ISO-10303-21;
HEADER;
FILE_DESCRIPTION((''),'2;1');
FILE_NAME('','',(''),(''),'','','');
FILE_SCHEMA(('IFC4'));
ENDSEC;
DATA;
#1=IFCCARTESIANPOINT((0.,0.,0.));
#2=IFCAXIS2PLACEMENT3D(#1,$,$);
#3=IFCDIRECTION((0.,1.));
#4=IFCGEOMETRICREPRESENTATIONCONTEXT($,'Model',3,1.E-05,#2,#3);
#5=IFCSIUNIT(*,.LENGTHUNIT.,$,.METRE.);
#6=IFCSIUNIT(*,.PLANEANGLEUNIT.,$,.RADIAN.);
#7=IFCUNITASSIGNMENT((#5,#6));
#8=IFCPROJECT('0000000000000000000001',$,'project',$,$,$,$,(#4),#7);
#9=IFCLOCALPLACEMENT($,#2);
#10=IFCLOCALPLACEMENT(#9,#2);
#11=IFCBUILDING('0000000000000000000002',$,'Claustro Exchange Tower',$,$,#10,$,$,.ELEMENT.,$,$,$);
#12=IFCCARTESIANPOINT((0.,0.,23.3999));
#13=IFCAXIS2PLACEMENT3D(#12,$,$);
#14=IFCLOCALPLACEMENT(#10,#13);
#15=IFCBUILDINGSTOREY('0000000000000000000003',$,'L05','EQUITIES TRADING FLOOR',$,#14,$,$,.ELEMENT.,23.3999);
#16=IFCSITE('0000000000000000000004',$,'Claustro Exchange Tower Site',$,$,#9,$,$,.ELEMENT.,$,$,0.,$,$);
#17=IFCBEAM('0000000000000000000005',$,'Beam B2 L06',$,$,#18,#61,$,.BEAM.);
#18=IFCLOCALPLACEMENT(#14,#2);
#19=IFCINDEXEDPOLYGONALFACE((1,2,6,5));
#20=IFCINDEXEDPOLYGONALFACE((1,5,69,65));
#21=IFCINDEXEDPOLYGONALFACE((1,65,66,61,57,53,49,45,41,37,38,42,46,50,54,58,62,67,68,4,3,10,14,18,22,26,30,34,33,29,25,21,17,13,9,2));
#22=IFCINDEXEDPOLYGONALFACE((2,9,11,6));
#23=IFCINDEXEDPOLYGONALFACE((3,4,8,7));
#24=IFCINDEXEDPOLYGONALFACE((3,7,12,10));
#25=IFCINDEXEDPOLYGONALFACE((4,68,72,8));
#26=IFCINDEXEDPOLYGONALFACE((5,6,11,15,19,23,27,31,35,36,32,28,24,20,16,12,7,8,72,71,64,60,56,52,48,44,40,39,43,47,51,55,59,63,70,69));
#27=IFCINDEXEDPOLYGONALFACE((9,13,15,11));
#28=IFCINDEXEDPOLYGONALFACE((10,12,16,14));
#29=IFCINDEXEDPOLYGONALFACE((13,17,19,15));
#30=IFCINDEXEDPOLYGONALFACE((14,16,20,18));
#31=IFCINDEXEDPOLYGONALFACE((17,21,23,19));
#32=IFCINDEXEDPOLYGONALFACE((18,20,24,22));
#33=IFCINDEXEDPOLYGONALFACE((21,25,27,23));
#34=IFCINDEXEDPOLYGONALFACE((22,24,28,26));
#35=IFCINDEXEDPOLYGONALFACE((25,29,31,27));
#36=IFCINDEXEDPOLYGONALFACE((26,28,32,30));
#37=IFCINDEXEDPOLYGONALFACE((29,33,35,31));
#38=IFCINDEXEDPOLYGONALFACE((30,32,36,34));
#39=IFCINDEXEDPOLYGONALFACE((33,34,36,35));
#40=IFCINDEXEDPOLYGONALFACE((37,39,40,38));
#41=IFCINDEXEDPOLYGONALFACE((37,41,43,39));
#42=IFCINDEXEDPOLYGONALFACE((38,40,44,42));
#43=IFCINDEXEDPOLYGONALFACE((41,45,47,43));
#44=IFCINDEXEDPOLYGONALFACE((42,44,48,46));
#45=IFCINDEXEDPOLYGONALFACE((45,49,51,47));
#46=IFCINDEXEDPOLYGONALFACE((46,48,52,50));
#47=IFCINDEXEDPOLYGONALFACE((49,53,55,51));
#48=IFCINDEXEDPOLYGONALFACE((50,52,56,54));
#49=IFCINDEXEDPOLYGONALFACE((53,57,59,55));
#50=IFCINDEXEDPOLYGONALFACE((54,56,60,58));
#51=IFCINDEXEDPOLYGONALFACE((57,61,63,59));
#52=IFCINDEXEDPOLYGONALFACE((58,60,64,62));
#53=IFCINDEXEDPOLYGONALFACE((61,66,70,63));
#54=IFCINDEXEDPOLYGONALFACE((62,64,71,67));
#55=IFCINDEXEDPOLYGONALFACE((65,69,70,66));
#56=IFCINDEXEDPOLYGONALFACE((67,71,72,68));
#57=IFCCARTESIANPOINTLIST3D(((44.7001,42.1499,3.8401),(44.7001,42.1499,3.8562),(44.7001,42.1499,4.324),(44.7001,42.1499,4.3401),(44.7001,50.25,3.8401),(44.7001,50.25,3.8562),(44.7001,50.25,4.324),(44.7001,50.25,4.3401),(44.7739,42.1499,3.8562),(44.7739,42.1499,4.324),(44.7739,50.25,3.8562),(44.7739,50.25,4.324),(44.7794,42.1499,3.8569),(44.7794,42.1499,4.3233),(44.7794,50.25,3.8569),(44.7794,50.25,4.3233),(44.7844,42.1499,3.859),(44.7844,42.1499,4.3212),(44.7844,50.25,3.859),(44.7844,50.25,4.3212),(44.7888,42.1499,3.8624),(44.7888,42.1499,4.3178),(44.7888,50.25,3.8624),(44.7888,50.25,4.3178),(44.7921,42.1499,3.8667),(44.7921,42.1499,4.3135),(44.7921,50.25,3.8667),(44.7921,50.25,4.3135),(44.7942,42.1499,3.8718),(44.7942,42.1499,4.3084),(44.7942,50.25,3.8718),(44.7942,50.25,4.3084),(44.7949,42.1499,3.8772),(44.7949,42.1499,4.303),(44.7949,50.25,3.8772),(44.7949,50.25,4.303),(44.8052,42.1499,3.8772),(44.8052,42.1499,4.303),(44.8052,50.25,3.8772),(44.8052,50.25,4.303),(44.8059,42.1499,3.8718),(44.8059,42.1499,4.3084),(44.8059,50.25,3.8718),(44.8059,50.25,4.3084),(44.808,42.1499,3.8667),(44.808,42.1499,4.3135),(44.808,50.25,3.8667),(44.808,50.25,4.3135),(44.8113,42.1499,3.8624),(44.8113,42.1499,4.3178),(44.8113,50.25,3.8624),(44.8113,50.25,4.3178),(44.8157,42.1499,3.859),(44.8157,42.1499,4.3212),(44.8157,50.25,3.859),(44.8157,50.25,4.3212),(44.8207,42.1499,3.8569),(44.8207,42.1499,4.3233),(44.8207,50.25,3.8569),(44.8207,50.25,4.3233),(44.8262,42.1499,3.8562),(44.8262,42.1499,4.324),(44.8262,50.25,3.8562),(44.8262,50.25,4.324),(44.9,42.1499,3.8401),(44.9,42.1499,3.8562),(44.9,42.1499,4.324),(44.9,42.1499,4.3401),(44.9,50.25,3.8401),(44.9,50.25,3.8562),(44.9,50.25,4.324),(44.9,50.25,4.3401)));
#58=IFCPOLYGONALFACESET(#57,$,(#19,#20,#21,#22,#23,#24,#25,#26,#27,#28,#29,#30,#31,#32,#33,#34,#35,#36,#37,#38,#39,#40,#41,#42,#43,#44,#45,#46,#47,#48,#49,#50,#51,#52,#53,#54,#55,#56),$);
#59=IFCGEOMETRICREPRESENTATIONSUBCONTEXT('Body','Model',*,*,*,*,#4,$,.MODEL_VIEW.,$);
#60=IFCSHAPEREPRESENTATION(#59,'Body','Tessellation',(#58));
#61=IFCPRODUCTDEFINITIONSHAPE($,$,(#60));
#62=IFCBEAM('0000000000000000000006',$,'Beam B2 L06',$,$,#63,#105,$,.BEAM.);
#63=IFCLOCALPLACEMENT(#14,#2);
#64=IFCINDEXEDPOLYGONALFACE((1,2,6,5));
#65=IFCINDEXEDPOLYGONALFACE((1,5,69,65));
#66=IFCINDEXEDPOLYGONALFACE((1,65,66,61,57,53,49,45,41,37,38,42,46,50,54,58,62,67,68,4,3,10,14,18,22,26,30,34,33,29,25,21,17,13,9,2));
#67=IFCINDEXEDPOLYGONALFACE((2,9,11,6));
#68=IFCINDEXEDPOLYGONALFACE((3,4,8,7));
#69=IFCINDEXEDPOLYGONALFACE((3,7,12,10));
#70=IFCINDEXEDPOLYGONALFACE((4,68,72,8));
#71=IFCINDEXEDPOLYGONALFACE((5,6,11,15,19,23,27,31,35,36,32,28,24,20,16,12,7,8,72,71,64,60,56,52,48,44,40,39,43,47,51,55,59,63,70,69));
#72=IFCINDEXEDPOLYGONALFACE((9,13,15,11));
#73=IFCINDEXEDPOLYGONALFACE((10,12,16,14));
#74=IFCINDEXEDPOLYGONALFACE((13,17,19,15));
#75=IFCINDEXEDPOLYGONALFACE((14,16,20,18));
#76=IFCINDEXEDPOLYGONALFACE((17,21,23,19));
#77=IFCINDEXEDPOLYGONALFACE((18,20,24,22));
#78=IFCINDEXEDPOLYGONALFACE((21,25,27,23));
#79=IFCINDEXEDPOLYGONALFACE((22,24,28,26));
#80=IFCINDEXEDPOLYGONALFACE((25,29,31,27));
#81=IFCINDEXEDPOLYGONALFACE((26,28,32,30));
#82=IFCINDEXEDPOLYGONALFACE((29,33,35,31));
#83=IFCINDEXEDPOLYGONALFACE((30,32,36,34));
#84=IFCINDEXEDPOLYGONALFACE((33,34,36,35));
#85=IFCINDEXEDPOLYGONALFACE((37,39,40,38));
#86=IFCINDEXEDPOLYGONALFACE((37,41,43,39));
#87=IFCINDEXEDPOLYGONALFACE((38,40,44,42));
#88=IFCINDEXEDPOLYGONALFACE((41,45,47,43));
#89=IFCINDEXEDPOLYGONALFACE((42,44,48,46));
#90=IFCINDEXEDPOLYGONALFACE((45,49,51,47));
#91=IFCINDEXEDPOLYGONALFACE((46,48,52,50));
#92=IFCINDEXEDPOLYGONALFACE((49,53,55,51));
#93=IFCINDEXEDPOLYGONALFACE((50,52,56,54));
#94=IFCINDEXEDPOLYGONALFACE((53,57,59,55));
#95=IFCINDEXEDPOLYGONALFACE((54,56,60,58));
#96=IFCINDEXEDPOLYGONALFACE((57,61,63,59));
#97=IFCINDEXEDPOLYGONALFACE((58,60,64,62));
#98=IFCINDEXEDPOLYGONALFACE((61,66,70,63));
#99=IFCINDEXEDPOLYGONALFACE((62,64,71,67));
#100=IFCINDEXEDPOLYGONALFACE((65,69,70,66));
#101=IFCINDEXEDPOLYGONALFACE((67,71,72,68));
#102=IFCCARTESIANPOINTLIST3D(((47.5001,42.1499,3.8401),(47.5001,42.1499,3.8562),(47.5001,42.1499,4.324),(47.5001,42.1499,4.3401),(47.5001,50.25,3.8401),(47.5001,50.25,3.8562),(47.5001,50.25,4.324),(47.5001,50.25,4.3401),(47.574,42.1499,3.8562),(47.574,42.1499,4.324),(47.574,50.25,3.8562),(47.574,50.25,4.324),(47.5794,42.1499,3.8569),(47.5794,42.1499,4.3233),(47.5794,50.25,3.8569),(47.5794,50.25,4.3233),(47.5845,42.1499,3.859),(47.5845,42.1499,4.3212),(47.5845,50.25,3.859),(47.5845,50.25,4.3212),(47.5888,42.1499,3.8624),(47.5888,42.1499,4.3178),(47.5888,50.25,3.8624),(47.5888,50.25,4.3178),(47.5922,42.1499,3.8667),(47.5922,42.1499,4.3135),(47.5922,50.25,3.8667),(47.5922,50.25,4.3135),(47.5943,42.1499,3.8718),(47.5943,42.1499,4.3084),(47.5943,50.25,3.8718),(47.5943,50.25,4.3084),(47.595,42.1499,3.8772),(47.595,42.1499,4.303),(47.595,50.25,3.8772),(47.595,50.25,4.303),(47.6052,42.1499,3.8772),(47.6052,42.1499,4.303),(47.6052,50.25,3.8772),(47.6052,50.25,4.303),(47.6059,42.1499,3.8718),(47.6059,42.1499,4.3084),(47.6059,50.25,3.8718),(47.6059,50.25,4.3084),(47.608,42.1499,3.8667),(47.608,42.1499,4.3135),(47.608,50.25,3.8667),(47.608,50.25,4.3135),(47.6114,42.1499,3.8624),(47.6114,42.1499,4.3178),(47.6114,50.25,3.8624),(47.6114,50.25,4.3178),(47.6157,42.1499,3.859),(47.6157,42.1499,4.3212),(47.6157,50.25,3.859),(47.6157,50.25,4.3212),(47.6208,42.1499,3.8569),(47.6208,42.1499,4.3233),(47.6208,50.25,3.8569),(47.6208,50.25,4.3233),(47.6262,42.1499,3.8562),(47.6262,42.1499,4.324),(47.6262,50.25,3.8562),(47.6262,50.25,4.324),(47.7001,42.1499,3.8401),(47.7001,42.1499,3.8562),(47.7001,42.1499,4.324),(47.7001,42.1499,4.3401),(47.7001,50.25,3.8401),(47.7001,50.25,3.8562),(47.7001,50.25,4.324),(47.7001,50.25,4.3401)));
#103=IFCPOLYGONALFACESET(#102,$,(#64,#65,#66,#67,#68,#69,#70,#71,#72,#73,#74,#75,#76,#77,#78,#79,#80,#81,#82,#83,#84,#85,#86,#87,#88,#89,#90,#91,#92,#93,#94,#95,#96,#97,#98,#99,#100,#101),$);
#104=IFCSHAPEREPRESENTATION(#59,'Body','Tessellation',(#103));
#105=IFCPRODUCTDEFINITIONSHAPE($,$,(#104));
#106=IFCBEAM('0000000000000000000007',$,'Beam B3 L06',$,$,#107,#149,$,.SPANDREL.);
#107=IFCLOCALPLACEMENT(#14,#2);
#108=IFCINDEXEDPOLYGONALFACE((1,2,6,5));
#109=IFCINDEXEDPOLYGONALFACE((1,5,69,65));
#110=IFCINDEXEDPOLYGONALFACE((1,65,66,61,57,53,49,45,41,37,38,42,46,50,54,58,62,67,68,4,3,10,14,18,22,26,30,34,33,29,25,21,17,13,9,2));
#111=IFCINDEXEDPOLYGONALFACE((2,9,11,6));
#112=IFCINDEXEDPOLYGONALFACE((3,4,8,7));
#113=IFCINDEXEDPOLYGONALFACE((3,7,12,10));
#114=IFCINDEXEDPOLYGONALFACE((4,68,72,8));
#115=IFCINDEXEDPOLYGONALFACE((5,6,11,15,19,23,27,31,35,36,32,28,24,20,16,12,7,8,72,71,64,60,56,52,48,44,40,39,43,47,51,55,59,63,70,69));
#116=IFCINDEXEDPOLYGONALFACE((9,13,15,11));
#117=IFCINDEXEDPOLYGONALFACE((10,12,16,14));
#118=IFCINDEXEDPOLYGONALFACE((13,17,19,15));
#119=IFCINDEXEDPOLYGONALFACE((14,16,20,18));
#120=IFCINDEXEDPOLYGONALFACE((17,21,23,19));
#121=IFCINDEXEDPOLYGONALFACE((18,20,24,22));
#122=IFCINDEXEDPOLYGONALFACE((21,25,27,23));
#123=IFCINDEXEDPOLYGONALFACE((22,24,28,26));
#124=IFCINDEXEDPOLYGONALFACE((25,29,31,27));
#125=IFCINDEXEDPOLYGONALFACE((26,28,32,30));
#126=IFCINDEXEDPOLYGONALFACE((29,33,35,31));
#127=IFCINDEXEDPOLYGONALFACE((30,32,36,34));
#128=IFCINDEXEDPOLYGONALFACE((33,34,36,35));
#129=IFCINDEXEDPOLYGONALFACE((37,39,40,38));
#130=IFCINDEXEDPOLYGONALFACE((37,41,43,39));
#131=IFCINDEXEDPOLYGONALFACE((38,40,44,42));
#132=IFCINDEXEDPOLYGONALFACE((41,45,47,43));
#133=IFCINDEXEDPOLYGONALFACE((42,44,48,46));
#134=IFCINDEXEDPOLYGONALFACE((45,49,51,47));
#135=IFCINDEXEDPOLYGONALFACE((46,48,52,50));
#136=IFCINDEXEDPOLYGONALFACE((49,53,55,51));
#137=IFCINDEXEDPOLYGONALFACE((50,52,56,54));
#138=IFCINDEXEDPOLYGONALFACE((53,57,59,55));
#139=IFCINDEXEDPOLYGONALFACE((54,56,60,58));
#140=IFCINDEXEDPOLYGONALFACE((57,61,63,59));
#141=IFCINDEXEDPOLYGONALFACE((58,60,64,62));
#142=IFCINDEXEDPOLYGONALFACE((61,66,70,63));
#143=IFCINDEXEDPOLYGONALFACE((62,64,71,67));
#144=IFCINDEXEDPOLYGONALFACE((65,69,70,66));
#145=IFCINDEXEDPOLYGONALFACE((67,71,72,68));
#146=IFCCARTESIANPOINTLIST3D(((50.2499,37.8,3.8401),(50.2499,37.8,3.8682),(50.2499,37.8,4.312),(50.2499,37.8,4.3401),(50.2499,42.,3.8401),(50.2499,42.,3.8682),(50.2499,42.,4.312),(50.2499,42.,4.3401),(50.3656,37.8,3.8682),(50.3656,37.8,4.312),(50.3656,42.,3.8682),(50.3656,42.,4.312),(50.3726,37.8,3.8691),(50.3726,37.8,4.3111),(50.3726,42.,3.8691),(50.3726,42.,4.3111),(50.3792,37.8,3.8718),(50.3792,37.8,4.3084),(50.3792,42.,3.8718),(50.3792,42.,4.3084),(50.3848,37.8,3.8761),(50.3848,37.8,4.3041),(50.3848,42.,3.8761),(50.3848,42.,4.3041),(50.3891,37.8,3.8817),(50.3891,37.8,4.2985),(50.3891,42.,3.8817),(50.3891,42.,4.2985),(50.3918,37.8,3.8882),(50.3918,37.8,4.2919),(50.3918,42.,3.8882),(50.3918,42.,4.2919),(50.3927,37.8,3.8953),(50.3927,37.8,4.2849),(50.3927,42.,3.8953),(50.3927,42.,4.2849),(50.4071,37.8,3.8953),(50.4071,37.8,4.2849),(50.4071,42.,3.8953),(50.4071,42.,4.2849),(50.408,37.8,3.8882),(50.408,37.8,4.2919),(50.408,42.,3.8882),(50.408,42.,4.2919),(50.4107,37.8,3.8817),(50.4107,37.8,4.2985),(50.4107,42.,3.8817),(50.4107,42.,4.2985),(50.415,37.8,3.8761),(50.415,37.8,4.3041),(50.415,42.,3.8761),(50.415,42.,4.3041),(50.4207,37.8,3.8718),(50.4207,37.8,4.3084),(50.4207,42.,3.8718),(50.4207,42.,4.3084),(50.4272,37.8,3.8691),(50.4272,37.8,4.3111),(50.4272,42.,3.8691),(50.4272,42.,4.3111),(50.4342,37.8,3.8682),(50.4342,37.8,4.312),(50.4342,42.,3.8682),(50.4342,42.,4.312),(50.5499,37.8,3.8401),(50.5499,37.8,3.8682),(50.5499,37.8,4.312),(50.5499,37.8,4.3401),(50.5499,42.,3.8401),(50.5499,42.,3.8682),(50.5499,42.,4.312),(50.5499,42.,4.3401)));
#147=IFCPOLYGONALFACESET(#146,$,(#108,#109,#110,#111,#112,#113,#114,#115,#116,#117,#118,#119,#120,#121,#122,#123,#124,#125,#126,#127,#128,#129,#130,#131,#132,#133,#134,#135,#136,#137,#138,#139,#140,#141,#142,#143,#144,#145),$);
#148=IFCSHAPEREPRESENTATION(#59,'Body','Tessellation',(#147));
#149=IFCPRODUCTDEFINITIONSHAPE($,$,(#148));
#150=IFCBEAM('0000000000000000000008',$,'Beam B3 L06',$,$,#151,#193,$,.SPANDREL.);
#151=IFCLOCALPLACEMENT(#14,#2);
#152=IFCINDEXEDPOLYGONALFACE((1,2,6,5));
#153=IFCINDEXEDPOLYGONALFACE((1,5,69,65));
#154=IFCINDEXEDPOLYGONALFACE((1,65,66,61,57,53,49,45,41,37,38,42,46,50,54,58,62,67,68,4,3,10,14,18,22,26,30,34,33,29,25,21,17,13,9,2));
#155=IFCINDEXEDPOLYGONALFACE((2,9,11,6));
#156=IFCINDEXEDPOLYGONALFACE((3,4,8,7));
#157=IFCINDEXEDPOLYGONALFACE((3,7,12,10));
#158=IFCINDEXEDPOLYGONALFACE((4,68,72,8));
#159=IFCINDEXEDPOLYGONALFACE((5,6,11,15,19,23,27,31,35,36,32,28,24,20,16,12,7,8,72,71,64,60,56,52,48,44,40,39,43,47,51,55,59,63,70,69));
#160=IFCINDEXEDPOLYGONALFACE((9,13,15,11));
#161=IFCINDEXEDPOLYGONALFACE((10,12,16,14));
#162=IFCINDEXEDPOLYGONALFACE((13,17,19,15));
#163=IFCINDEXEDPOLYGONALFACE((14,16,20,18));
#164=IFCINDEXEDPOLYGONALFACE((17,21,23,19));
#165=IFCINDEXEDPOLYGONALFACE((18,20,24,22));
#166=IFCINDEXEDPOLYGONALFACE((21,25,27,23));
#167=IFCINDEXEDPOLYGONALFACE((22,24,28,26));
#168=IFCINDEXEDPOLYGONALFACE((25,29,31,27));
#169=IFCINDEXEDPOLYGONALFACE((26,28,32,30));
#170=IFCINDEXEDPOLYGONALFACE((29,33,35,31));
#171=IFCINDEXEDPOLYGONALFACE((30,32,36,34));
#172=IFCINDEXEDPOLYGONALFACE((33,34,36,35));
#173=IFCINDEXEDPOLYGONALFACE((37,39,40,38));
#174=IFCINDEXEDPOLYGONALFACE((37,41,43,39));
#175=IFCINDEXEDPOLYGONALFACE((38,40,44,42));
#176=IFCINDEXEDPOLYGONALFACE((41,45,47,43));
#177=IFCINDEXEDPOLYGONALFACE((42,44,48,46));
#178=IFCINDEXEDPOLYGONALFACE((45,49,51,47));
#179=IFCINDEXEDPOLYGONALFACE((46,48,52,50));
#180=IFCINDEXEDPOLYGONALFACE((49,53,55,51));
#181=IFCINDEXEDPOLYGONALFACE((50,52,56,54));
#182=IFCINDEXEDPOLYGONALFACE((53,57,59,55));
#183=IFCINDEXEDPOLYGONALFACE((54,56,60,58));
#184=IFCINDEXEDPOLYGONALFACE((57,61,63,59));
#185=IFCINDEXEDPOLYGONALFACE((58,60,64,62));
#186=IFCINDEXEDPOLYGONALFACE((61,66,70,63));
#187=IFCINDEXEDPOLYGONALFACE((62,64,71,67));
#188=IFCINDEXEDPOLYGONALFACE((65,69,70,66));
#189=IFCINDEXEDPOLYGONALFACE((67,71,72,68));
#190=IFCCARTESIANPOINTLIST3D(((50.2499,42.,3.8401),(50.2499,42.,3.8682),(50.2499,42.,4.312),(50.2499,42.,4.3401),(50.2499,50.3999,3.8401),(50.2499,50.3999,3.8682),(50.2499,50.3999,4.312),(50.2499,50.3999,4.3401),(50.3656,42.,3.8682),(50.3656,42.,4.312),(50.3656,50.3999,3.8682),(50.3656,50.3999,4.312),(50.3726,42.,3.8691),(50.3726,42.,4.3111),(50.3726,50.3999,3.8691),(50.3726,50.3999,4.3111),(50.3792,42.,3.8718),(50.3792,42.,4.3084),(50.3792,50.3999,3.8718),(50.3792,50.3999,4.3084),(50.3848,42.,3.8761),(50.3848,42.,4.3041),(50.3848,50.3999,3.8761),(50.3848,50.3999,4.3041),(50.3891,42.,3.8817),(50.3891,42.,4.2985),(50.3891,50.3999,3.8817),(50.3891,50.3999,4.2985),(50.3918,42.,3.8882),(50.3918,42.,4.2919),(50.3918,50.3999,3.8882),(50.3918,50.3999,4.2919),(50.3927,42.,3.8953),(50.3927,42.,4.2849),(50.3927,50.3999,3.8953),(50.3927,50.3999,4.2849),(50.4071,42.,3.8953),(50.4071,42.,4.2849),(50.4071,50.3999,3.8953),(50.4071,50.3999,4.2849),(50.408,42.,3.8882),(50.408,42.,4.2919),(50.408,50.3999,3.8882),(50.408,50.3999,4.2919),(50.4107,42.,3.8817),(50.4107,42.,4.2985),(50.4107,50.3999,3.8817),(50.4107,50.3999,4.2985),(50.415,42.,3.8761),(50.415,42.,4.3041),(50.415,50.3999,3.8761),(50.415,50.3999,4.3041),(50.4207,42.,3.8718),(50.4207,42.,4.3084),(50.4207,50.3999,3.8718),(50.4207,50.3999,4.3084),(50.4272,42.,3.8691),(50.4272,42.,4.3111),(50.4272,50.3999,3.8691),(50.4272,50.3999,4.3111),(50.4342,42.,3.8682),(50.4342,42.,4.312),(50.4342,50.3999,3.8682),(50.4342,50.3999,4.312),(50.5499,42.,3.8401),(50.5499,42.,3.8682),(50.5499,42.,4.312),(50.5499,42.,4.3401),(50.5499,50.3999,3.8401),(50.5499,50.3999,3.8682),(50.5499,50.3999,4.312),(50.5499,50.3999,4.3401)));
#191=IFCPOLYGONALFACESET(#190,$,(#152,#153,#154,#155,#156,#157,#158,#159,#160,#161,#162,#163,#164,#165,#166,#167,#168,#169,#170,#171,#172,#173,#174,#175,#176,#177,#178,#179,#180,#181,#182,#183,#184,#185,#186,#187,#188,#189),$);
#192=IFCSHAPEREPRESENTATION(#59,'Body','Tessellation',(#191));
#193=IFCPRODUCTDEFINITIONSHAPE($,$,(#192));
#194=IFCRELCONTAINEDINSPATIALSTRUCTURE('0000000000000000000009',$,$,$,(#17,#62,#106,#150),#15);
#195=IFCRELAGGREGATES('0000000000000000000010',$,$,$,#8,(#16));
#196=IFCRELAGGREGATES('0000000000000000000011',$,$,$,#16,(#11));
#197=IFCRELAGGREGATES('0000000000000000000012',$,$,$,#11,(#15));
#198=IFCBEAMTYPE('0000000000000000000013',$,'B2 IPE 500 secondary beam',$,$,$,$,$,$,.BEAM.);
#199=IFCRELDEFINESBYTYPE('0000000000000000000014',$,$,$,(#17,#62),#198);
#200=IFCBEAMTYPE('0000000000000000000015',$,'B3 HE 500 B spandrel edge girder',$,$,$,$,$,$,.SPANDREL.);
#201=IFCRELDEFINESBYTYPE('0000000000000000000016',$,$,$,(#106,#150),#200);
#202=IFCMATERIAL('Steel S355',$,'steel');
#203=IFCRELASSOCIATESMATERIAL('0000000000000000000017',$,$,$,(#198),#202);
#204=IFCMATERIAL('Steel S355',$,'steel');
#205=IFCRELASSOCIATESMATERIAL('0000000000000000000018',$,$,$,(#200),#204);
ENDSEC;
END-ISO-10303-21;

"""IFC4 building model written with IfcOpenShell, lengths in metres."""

from ifc_helpers import new_model, si_unit, direction, frame, origin, origin_2d, place, context, subcontext, project, spatial, i_section, extrude, material, material_profile, profile_set, type_object, element, save


model = new_model("IFC4")

# Units and contexts
model_context = context("Model", 3, precision=1e-05, world=origin(), true_north=direction((0.0, 1.0)))
body_context = subcontext(model_context, "Body", "Model", "MODEL_VIEW")
ifc_project = project(units=[si_unit("LENGTHUNIT", "METRE"), si_unit("PLANEANGLEUNIT", "RADIAN")], contexts=[model_context])

# Site, building, storey
site_placement = place(None, origin())
site = spatial("IfcSite", under=ifc_project, at=site_placement, Name="Claustro Exchange Tower Site", CompositionType="ELEMENT", RefElevation=0.0)
building_placement = place(site_placement, origin())
building = spatial("IfcBuilding", under=site, at=building_placement, Name="Claustro Exchange Tower", CompositionType="ELEMENT")
storey_placement = place(building_placement, frame((0.0, 0.0, 23.3999)))
storey = spatial("IfcBuildingStorey", under=building, at=storey_placement, Name="L05", Description="EQUITIES TRADING FLOOR", CompositionType="ELEMENT", Elevation=23.3999)

# Beams
ifc_material_1 = material(Name="Steel S355", Category="steel")
ifc_material_profile_1 = material_profile(ifc_material_1, i_section(OverallWidth=0.2, OverallDepth=0.5, WebThickness=0.0103, FlangeThickness=0.0161, FilletRadius=0.021, at=origin_2d()), Name="IPE 500")
ifc_profile_set_1 = profile_set([ifc_material_profile_1], Name="Steel S355")
beam_type_1 = type_object("IfcBeamType", Name="B2 IPE 500 secondary beam", PredefinedType="BEAM", material=ifc_profile_set_1)
for number, where, z_axis, x_axis, name in (
    (1, (44.8, 42.1499, 4.0901), (0.0, 1.0, 0.0), (-1.0, 0.0, 0.0), "Beam B2 L06"),
    (2, (47.6001, 42.1499, 4.0901), (0.0, 1.0, 0.0), (-1.0, 0.0, 0.0), "Beam B2 L06"),
):
    element("IfcBeam", number, at=place(storey_placement, frame(where, z_axis=z_axis, x_axis=x_axis)), inside=storey, type_object=beam_type_1, Name=name, PredefinedType="BEAM", context=body_context, shape_type="SweptSolid", body=[
        extrude(i_section(OverallWidth=0.2, OverallDepth=0.5, WebThickness=0.0103, FlangeThickness=0.0161, FilletRadius=0.021, at=origin_2d()), origin(), (0.0, 0.0, 1.0), 8.1001),
    ])
ifc_material_2 = material(Name="Steel S355", Category="steel")
ifc_material_profile_2 = material_profile(ifc_material_2, i_section(OverallWidth=0.3, OverallDepth=0.5, WebThickness=0.0144, FlangeThickness=0.0281, FilletRadius=0.0271, at=origin_2d()), Name="HE 500 B")
ifc_profile_set_2 = profile_set([ifc_material_profile_2], Name="Steel S355")
beam_type_2 = type_object("IfcBeamType", Name="B3 HE 500 B spandrel edge girder", PredefinedType="SPANDREL", material=ifc_profile_set_2)
beam_placement = place(storey_placement, frame((50.3999, 37.8, 4.0901), z_axis=(0.0, 1.0, 0.0), x_axis=(-1.0, 0.0, 0.0)))
element("IfcBeam", 3, at=beam_placement, inside=storey, type_object=beam_type_2, Name="Beam B3 L06", PredefinedType="SPANDREL", context=body_context, shape_type="SweptSolid", body=[
    extrude(i_section(OverallWidth=0.3, OverallDepth=0.5, WebThickness=0.0144, FlangeThickness=0.0281, FilletRadius=0.0271, at=origin_2d()), origin(), (0.0, 0.0, 1.0), 4.2),
])
for number, where, z_axis, x_axis, name in (
    (4, (50.3999, 42.0, 4.0901), (0.0, 1.0, 0.0), (-1.0, 0.0, 0.0), "Beam B3 L06"),
):
    element("IfcBeam", number, at=place(storey_placement, frame(where, z_axis=z_axis, x_axis=x_axis)), inside=storey, type_object=beam_type_2, Name=name, PredefinedType="SPANDREL", context=body_context, shape_type="SweptSolid", body=[
        extrude(i_section(OverallWidth=0.3, OverallDepth=0.5, WebThickness=0.0144, FlangeThickness=0.0281, FilletRadius=0.0271, at=origin_2d()), origin(), (0.0, 0.0, 1.0), 8.3999),
    ])

save(model, "model.ifc")
